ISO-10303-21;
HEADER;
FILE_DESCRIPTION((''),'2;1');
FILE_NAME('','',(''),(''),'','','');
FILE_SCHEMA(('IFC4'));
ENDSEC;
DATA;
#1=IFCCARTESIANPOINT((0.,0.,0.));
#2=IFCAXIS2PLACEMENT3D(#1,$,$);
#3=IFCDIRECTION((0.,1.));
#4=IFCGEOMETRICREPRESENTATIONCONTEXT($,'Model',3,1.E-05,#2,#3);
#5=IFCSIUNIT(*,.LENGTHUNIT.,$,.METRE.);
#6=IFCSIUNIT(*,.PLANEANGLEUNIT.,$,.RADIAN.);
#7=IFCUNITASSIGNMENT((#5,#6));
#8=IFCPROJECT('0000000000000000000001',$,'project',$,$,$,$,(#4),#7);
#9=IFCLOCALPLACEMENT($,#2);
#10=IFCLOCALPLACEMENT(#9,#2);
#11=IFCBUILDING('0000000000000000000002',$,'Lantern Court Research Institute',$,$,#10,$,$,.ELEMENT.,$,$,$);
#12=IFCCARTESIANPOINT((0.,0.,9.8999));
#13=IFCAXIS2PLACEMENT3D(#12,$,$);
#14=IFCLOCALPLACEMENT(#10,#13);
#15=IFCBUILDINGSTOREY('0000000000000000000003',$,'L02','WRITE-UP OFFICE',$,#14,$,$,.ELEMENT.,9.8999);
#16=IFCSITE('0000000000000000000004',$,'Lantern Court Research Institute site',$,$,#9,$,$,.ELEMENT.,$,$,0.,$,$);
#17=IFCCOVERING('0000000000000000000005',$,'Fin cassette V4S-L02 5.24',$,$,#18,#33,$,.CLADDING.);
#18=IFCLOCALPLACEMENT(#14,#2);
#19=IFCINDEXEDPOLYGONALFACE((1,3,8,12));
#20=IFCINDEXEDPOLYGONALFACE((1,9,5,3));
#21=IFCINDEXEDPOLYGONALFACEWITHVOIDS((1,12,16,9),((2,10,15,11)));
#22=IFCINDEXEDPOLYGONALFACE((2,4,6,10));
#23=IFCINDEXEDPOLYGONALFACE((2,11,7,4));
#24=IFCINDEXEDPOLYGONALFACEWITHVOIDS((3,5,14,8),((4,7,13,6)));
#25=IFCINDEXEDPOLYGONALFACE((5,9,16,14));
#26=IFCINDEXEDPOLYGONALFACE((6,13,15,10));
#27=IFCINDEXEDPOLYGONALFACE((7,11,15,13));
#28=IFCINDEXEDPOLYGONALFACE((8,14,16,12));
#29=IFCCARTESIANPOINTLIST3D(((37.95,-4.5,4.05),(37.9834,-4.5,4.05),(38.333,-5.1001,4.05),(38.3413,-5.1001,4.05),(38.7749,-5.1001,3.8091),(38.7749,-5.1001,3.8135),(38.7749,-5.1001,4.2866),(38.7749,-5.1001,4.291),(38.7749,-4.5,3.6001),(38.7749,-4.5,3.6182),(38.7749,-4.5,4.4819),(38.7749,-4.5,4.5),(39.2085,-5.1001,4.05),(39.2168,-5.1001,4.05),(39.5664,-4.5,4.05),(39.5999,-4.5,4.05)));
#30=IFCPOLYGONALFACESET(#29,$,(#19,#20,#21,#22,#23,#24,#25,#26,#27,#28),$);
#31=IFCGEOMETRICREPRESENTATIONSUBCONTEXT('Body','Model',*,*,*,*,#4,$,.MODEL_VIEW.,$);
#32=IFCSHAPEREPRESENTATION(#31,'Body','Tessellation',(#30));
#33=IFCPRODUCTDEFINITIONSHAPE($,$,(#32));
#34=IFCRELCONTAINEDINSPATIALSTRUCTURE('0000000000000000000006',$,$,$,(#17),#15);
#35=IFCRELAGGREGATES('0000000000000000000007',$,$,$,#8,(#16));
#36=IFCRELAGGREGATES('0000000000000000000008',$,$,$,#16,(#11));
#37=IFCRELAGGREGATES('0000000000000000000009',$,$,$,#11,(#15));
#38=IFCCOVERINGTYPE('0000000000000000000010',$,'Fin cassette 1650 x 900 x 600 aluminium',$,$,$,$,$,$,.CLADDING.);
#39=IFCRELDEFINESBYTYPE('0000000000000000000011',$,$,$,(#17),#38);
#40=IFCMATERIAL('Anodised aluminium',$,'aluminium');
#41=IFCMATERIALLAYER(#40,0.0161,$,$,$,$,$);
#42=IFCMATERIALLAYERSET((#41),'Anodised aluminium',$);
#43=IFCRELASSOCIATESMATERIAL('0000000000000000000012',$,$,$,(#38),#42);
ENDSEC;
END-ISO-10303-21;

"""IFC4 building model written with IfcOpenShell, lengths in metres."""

from ifc_helpers import new_model, entity, si_unit, direction, frame, origin, place, context, subcontext, project, spatial, material, layer, layer_set, type_object, element, save


model = new_model("IFC4")

# Units and contexts
model_context = context("Model", 3, precision=1e-05, world=origin(), true_north=direction((0.0, 1.0)))
body_context = subcontext(model_context, "Body", "Model", "MODEL_VIEW")
ifc_project = project(units=[si_unit("LENGTHUNIT", "METRE"), si_unit("PLANEANGLEUNIT", "RADIAN")], contexts=[model_context])

# Site, building, storey
site_placement = place(None, origin())
site = spatial("IfcSite", under=ifc_project, at=site_placement, Name="Lantern Court Research Institute site", CompositionType="ELEMENT", RefElevation=0.0)
building_placement = place(site_placement, origin())
building = spatial("IfcBuilding", under=site, at=building_placement, Name="Lantern Court Research Institute", CompositionType="ELEMENT")
storey_placement = place(building_placement, frame((0.0, 0.0, 9.8999)))
storey = spatial("IfcBuildingStorey", under=building, at=storey_placement, Name="L02", Description="WRITE-UP OFFICE", CompositionType="ELEMENT", Elevation=9.8999)

# Covering
ifc_material_1 = material(Name="Anodised aluminium", Category="aluminium")
ifc_layer_1 = layer(ifc_material_1, 0.0161)
ifc_layer_set_1 = layer_set([ifc_layer_1], Name="Anodised aluminium")
covering_type = type_object("IfcCoveringType", Name="Fin cassette 1650 x 900 x 600 aluminium", PredefinedType="CLADDING", material=ifc_layer_set_1)
covering_1_placement = place(storey_placement, frame((38.7749, -4.5, 4.05), z_axis=(0.0, -1.0, 0.0), x_axis=(1.0, 0.0, 0.0)))
cartesian_point_1 = entity("IfcCartesianPoint", [0.825, 0.0])
cartesian_point_2 = entity("IfcCartesianPoint", [0.7915, 0.0])
cartesian_point_3 = entity("IfcCartesianPoint", [0.4419, 0.0])
cartesian_point_4 = entity("IfcCartesianPoint", [0.4336, 0.0])
element("IfcCovering", 1, at=covering_1_placement, inside=storey, type_object=covering_type, Name="Fin cassette V4S-L02 5.24", PredefinedType="CLADDING", context=body_context, shape_type="SweptSolid", body=[
    entity("IfcExtrudedAreaSolidTapered", entity("IfcArbitraryProfileDefWithVoids", "AREA", None, entity("IfcPolyline", [cartesian_point_1, entity("IfcCartesianPoint", [0.0, 0.45]), entity("IfcCartesianPoint", [-0.825, 0.0]), entity("IfcCartesianPoint", [0.0, -0.45]), cartesian_point_1]), [entity("IfcPolyline", [cartesian_point_2, entity("IfcCartesianPoint", [0.0, 0.4319]), entity("IfcCartesianPoint", [-0.7915, 0.0]), entity("IfcCartesianPoint", [0.0, -0.4319]), cartesian_point_2])]), entity("IfcAxis2Placement3D", entity("IfcCartesianPoint", [0.0, 0.0, 0.0])), entity("IfcDirection", [0.0, 0.0, 1.0]), 0.6001, entity("IfcArbitraryProfileDefWithVoids", "AREA", None, entity("IfcPolyline", [cartesian_point_3, entity("IfcCartesianPoint", [0.0, 0.241]), entity("IfcCartesianPoint", [-0.4419, 0.0]), entity("IfcCartesianPoint", [0.0, -0.241]), cartesian_point_3]), [entity("IfcPolyline", [cartesian_point_4, entity("IfcCartesianPoint", [0.0, 0.2366]), entity("IfcCartesianPoint", [-0.4336, 0.0]), entity("IfcCartesianPoint", [0.0, -0.2366]), cartesian_point_4])])),
])

save(model, "model.ifc")
